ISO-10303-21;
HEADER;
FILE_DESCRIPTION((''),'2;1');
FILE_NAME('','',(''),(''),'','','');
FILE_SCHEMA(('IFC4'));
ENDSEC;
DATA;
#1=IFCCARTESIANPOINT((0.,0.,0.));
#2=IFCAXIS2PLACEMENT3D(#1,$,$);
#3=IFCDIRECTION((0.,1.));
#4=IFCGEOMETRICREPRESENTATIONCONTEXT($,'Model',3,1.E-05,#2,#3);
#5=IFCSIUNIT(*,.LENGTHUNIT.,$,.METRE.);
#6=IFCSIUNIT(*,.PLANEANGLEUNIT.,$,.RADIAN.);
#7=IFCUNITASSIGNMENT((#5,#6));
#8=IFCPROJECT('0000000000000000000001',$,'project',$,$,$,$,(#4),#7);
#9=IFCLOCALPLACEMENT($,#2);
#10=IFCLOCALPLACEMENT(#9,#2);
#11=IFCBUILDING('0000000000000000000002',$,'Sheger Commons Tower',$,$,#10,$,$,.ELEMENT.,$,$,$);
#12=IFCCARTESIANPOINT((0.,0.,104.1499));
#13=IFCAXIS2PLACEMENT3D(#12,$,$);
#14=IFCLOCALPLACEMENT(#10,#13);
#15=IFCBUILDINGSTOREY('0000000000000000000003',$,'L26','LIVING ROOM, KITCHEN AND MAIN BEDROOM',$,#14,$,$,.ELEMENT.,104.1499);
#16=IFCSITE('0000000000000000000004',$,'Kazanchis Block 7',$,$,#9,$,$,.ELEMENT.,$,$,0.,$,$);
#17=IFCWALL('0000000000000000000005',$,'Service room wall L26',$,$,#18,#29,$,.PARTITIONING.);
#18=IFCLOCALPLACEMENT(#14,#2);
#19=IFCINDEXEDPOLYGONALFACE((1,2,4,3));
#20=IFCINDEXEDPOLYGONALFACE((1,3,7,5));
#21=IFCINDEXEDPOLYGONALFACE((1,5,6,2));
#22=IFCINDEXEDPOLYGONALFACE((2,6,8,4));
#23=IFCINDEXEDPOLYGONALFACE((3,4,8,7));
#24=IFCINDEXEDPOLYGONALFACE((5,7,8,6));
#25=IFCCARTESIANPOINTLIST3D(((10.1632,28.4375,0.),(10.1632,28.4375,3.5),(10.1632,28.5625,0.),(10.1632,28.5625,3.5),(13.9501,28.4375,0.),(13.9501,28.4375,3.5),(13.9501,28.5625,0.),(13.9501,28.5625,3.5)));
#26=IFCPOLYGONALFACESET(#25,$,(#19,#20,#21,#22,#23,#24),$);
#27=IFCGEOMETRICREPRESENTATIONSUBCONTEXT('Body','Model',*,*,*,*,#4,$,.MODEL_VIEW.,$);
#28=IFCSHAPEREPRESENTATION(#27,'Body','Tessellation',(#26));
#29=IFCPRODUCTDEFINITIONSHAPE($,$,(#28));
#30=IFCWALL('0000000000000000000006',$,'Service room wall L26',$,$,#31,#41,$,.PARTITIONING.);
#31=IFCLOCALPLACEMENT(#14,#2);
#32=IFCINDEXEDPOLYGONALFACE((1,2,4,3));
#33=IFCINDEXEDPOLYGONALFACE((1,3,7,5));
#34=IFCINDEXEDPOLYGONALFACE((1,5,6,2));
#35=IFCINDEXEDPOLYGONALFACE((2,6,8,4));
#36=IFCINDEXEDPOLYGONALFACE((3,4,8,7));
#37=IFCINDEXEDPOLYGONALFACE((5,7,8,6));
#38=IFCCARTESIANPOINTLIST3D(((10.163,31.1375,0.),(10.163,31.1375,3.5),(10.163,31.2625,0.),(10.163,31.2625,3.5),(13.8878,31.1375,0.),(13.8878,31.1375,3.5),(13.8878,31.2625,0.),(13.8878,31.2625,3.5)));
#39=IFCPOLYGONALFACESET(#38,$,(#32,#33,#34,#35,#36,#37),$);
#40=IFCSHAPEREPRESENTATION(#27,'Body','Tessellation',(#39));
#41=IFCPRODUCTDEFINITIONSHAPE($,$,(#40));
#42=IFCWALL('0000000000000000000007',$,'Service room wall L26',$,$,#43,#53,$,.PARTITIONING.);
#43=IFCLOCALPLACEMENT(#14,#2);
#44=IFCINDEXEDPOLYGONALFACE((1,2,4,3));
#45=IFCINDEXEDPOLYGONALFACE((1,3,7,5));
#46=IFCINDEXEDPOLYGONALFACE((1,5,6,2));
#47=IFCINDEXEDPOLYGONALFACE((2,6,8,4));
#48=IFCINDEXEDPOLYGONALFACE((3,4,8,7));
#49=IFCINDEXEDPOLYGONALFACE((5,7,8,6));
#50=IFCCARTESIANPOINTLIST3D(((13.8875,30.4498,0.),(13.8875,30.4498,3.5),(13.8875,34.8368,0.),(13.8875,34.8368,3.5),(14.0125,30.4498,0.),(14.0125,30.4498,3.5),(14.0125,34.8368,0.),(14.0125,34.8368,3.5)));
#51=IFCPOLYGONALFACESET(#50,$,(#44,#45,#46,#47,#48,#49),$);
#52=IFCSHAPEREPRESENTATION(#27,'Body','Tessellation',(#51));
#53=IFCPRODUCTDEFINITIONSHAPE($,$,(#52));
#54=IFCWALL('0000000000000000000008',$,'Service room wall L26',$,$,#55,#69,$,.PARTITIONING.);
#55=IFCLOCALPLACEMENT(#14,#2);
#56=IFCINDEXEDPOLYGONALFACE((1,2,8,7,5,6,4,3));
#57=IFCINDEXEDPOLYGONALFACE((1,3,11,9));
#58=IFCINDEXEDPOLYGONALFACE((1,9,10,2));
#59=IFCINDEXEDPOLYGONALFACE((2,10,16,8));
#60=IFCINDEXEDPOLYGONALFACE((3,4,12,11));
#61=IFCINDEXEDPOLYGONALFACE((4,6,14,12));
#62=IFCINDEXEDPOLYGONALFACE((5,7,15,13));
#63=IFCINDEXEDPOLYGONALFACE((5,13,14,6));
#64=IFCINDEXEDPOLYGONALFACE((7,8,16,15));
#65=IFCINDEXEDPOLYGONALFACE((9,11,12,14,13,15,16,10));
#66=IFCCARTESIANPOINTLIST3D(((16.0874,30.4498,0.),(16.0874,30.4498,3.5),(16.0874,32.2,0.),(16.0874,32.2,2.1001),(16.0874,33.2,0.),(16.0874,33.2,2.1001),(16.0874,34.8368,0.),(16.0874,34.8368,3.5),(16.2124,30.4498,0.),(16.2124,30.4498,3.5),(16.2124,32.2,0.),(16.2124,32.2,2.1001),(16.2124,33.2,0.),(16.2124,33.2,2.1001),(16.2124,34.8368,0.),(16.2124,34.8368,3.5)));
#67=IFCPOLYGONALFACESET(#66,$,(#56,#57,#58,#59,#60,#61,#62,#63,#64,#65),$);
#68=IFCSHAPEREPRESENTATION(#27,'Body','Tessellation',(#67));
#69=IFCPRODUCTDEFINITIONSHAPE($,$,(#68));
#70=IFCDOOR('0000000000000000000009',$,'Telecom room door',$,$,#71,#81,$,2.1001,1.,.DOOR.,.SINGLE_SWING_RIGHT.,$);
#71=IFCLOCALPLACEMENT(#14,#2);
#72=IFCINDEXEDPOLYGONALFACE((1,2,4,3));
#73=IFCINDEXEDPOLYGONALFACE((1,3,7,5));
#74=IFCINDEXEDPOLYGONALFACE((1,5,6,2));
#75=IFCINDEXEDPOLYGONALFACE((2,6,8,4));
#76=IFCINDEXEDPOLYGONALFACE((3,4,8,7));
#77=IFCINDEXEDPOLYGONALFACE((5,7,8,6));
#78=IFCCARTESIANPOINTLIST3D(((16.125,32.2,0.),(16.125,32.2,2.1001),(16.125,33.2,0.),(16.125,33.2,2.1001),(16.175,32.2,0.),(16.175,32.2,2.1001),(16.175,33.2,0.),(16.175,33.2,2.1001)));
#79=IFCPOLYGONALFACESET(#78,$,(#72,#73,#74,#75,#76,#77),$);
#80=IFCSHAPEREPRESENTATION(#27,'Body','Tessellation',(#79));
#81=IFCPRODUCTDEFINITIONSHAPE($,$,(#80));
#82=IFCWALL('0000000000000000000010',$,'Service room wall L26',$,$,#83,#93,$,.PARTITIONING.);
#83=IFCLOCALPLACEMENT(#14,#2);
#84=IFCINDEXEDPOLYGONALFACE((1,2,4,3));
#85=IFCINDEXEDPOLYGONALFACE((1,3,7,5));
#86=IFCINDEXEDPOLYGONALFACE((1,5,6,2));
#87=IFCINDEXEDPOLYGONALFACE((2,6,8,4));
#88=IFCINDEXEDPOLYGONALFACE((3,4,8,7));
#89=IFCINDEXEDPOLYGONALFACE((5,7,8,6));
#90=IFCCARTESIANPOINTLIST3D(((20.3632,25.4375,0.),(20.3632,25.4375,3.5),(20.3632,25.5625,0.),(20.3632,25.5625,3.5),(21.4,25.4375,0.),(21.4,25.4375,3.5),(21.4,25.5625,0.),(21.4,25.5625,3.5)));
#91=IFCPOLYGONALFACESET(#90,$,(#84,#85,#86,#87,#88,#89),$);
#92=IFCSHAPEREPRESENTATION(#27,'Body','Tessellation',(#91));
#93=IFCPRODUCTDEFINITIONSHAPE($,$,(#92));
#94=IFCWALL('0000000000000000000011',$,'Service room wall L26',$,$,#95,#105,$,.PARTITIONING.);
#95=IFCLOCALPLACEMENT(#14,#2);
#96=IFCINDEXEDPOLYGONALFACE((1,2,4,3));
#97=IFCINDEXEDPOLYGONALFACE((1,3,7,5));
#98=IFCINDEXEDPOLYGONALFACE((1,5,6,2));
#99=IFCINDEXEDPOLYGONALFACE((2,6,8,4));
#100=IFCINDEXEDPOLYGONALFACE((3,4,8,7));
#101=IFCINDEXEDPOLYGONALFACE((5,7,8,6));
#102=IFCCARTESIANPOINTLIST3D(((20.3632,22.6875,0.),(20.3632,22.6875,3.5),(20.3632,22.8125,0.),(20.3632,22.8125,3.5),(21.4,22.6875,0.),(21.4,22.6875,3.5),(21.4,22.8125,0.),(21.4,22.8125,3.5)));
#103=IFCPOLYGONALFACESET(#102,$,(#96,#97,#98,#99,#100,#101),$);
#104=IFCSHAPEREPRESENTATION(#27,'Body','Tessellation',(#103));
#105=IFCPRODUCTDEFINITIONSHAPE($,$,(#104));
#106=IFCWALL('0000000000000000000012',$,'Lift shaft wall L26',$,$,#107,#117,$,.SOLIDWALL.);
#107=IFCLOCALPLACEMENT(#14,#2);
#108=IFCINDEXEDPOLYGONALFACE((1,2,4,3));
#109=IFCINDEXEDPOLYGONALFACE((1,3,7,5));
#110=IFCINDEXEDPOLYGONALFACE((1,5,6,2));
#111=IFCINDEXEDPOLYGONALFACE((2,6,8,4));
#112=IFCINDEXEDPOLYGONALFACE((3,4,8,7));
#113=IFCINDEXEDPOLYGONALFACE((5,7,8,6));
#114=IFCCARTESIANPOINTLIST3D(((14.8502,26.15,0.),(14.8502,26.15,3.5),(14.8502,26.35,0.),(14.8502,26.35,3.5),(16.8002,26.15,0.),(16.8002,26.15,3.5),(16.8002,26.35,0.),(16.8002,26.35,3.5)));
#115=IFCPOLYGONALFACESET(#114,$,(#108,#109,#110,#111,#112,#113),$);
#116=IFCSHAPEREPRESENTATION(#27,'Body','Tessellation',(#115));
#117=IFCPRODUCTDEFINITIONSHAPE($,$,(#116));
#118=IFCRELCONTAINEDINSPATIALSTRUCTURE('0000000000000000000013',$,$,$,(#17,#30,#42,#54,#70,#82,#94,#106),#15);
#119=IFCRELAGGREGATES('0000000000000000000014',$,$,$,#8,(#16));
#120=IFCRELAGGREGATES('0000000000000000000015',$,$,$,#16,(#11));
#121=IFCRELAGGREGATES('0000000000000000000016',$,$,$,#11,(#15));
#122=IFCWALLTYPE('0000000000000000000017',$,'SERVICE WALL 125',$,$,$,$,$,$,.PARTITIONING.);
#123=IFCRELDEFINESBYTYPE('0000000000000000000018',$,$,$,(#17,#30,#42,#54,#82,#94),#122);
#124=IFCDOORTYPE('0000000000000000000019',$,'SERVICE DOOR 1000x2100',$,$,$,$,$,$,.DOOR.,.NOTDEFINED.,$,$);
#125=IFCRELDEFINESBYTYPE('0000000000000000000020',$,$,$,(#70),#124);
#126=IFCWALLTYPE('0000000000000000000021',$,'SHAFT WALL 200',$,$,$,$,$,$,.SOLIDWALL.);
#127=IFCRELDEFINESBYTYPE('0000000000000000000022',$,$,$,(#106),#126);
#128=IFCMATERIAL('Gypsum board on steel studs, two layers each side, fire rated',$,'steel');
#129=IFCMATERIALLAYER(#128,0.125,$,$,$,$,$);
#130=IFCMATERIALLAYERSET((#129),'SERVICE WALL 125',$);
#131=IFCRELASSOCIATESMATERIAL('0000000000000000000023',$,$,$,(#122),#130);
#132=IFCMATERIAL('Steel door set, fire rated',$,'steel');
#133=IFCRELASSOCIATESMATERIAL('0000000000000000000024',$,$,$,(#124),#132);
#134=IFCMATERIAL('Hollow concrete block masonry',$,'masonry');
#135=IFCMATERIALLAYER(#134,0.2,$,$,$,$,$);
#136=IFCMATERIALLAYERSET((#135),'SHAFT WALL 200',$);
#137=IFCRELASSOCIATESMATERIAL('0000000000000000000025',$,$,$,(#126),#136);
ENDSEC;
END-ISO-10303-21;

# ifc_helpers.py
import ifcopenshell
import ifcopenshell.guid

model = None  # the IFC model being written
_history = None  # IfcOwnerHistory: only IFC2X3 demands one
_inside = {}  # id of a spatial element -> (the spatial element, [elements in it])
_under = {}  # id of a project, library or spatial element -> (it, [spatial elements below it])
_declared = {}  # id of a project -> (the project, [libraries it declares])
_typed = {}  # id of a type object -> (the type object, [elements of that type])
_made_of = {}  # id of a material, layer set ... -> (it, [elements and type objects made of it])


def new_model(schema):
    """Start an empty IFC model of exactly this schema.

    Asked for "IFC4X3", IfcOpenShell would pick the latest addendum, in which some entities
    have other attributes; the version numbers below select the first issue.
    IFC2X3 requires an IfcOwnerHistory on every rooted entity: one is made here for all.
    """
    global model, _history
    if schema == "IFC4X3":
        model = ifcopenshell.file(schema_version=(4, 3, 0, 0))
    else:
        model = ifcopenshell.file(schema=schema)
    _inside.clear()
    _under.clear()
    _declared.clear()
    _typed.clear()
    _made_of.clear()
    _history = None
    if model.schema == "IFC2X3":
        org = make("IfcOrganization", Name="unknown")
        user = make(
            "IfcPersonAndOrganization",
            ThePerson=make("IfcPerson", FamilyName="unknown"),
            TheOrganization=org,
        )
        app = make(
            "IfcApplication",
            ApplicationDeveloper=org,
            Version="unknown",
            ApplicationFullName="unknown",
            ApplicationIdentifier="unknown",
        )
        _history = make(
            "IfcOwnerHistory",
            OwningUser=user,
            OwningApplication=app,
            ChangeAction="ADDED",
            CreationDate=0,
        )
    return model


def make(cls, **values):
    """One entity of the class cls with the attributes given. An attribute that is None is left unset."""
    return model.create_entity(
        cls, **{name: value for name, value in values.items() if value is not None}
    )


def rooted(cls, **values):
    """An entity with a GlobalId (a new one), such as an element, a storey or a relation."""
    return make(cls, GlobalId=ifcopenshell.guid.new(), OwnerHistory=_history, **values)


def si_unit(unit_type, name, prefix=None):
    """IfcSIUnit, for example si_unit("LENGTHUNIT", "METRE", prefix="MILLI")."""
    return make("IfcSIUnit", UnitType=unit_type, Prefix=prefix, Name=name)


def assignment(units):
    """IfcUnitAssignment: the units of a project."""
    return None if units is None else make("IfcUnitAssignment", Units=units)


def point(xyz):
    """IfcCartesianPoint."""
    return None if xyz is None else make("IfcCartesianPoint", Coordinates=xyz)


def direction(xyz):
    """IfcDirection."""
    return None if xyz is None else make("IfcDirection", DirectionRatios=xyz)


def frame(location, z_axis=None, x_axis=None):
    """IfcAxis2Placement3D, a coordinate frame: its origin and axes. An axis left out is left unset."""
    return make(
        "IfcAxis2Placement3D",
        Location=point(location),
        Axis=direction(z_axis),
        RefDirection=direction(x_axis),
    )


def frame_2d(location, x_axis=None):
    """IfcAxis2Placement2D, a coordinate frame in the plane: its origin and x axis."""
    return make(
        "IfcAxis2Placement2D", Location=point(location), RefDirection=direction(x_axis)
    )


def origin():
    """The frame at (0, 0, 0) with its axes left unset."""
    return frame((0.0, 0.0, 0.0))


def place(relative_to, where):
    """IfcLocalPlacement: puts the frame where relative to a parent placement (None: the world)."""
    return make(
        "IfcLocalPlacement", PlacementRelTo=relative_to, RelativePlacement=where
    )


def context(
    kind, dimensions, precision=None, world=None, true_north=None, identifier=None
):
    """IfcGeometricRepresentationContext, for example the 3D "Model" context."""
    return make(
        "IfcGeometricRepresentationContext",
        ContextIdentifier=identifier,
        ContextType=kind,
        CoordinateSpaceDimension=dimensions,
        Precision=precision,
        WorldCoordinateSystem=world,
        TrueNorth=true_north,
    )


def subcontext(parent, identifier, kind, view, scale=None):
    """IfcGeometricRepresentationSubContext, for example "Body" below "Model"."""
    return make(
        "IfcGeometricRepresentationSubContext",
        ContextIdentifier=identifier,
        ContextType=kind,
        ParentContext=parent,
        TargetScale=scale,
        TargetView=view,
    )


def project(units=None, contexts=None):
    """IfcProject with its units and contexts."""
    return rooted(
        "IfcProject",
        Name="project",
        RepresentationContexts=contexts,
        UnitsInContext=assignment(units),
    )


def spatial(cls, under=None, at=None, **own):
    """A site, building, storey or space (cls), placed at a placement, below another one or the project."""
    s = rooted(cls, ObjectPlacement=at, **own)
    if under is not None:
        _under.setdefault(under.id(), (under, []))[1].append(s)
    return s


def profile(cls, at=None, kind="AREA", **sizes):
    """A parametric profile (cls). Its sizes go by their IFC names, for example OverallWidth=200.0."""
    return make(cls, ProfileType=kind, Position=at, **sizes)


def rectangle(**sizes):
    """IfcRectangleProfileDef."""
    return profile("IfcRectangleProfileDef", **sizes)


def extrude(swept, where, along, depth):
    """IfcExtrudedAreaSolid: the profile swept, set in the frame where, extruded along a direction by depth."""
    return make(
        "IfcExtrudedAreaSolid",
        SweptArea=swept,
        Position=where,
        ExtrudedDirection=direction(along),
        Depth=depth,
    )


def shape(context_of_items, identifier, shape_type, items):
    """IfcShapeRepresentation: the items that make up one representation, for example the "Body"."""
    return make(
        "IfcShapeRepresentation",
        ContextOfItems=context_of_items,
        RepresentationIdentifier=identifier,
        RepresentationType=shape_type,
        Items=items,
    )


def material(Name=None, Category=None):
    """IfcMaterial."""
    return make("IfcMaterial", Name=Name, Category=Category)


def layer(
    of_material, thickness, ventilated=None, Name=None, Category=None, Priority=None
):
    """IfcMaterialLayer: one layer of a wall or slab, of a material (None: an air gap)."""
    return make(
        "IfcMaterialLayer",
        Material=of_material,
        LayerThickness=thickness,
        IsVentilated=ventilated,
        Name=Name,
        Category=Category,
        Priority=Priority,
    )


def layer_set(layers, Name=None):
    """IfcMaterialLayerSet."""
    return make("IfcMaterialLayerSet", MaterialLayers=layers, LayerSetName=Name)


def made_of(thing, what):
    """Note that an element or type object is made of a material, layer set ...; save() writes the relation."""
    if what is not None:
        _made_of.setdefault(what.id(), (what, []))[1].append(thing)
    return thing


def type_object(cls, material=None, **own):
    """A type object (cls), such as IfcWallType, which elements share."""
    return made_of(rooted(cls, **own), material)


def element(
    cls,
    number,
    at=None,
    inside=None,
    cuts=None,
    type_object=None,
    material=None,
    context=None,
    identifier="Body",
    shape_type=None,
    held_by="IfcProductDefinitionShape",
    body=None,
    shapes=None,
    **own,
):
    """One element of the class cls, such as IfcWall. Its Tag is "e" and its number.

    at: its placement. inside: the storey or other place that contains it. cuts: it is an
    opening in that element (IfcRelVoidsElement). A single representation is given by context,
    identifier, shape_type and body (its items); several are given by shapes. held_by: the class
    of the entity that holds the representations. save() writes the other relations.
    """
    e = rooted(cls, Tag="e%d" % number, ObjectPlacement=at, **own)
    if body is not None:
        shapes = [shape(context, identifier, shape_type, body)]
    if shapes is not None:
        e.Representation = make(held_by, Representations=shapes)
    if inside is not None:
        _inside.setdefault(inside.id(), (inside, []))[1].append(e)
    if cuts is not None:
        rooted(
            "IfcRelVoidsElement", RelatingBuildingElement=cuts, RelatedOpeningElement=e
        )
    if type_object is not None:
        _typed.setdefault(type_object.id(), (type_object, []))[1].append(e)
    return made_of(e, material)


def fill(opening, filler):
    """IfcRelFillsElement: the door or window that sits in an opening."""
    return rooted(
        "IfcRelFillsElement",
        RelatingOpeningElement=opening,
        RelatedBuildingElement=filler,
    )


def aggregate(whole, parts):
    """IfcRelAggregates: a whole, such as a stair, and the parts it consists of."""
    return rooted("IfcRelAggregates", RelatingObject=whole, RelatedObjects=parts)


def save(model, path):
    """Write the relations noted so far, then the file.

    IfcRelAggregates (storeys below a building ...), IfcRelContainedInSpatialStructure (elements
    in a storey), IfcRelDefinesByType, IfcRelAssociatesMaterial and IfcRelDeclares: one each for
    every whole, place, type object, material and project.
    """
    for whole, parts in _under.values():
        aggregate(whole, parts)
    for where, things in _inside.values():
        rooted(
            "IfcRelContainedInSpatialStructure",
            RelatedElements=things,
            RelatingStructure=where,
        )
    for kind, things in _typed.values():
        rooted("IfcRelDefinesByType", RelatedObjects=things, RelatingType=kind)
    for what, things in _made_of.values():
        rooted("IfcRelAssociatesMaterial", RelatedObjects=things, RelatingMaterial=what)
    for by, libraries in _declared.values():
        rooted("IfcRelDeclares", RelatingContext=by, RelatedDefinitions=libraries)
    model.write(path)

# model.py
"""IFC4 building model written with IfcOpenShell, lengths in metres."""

from ifc_helpers import new_model, si_unit, direction, frame, frame_2d, origin, place, context, subcontext, project, spatial, rectangle, extrude, material, layer, layer_set, type_object, element, fill, save


model = new_model("IFC4")

# Units and contexts
model_context = context("Model", 3, precision=1e-05, world=origin(), true_north=direction((0.0, 1.0)))
body_context = subcontext(model_context, "Body", "Model", "MODEL_VIEW")
ifc_project = project(units=[si_unit("LENGTHUNIT", "METRE"), si_unit("PLANEANGLEUNIT", "RADIAN")], contexts=[model_context])

# Site, building, storey
site_placement = place(None, origin())
site = spatial("IfcSite", under=ifc_project, at=site_placement, Name="Kazanchis Block 7", CompositionType="ELEMENT", RefElevation=0.0)
building_placement = place(site_placement, origin())
building = spatial("IfcBuilding", under=site, at=building_placement, Name="Sheger Commons Tower", CompositionType="ELEMENT")
storey_placement = place(building_placement, frame((0.0, 0.0, 104.1499)))
storey = spatial("IfcBuildingStorey", under=building, at=storey_placement, Name="L26", Description="LIVING ROOM, KITCHEN AND MAIN BEDROOM", CompositionType="ELEMENT", Elevation=104.1499)

# Shared definitions
ifc_material_1 = material(Name="Gypsum board on steel studs, two layers each side, fire rated", Category="steel")
ifc_layer_1 = layer(ifc_material_1, 0.125)
ifc_layer_set_1 = layer_set([ifc_layer_1], Name="SERVICE WALL 125")
wall_type_1 = type_object("IfcWallType", Name="SERVICE WALL 125", PredefinedType="PARTITIONING", material=ifc_layer_set_1)
ifc_material_2 = material(Name="Steel door set, fire rated", Category="steel")
door_type_1 = type_object("IfcDoorType", Name="SERVICE DOOR 1000x2100", OperationType="NOTDEFINED", PredefinedType="DOOR", material=ifc_material_2)

# Walls
wall_1_placement = place(storey_placement, frame((10.1631, 28.5, 0.0), z_axis=(0.0, 0.0, 1.0), x_axis=(1.0, 0.0, 0.0)))
element("IfcWall", 1, at=wall_1_placement, inside=storey, type_object=wall_type_1, Name="Service room wall L26", PredefinedType="PARTITIONING", context=body_context, shape_type="SweptSolid", body=[
    extrude(rectangle(XDim=3.7869, YDim=0.125, at=frame_2d((1.8936, 0.0))), origin(), (0.0, 0.0, 1.0), 3.5),
])
wall_2_placement = place(storey_placement, frame((10.1631, 31.2, 0.0), z_axis=(0.0, 0.0, 1.0), x_axis=(1.0, 0.0, 0.0)))
element("IfcWall", 2, at=wall_2_placement, inside=storey, type_object=wall_type_1, Name="Service room wall L26", PredefinedType="PARTITIONING", context=body_context, shape_type="SweptSolid", body=[
    extrude(rectangle(XDim=3.7249, YDim=0.125, at=frame_2d((1.8623, 0.0))), origin(), (0.0, 0.0, 1.0), 3.5),
])
wall_3_placement = place(storey_placement, frame((13.95, 30.45, 0.0), z_axis=(0.0, 0.0, 1.0), x_axis=(0.0, 1.0, 0.0)))
element("IfcWall", 3, at=wall_3_placement, inside=storey, type_object=wall_type_1, Name="Service room wall L26", PredefinedType="PARTITIONING", context=body_context, shape_type="SweptSolid", body=[
    extrude(rectangle(XDim=4.387, YDim=0.125, at=frame_2d((2.1934, 0.0))), origin(), (0.0, 0.0, 1.0), 3.5),
])

# Wall, opening, door
wall_4_placement = place(storey_placement, frame((16.1499, 30.45, 0.0), z_axis=(0.0, 0.0, 1.0), x_axis=(0.0, 1.0, 0.0)))
wall_4 = element("IfcWall", 4, at=wall_4_placement, inside=storey, type_object=wall_type_1, Name="Service room wall L26", PredefinedType="PARTITIONING", context=body_context, shape_type="SweptSolid", body=[
    extrude(rectangle(XDim=4.387, YDim=0.125, at=frame_2d((2.1934, 0.0))), origin(), (0.0, 0.0, 1.0), 3.5),
])
opening_1_placement = place(wall_4_placement, frame((1.75, 0.0, 0.0)))
opening_1 = element("IfcOpeningElement", 5, at=opening_1_placement, cuts=wall_4, PredefinedType="OPENING", context=body_context, shape_type="SweptSolid", body=[
    extrude(rectangle(XDim=1.0, YDim=2.1001, at=frame_2d((0.5, 1.05))), frame((0.0, 0.0725, 0.0), z_axis=(0.0, -1.0, 0.0), x_axis=(1.0, 0.0, 0.0)), (0.0, 0.0, 1.0), 0.145),
])
door_1_placement = place(opening_1_placement, origin())
door_1 = element("IfcDoor", 6, at=door_1_placement, inside=storey, type_object=door_type_1, Name="Telecom room door", OperationType="SINGLE_SWING_RIGHT", OverallHeight=2.1001, OverallWidth=1.0, PredefinedType="DOOR", context=body_context, shape_type="SweptSolid", body=[
    extrude(rectangle(XDim=1.0, YDim=2.1001, at=frame_2d((0.5, 1.05))), frame((0.0, 0.0249, 0.0), z_axis=(0.0, -1.0, 0.0), x_axis=(1.0, 0.0, 0.0)), (0.0, 0.0, 1.0), 0.05),
])
fill(opening_1, door_1)

# Walls
for number, where, z_axis, x_axis, name in (
    (7, (20.363, 25.5, 0.0), (0.0, 0.0, 1.0), (1.0, 0.0, 0.0), "Service room wall L26"),
    (8, (20.363, 22.75, 0.0), (0.0, 0.0, 1.0), (1.0, 0.0, 0.0), "Service room wall L26"),
):
    element("IfcWall", number, at=place(storey_placement, frame(where, z_axis=z_axis, x_axis=x_axis)), inside=storey, type_object=wall_type_1, Name=name, PredefinedType="PARTITIONING", context=body_context, shape_type="SweptSolid", body=[
        extrude(rectangle(XDim=1.0369, YDim=0.125, at=frame_2d((0.5186, 0.0))), origin(), (0.0, 0.0, 1.0), 3.5),
    ])
ifc_material_3 = material(Name="Hollow concrete block masonry", Category="masonry")
ifc_layer_2 = layer(ifc_material_3, 0.2)
ifc_layer_set_2 = layer_set([ifc_layer_2], Name="SHAFT WALL 200")
wall_type_2 = type_object("IfcWallType", Name="SHAFT WALL 200", PredefinedType="SOLIDWALL", material=ifc_layer_set_2)
wall_5_placement = place(storey_placement, frame((14.8501, 26.25, 0.0), z_axis=(0.0, 0.0, 1.0), x_axis=(1.0, 0.0, 0.0)))
element("IfcWall", 9, at=wall_5_placement, inside=storey, type_object=wall_type_2, Name="Lift shaft wall L26", PredefinedType="SOLIDWALL", context=body_context, shape_type="SweptSolid", body=[
    extrude(rectangle(XDim=1.95, YDim=0.2, at=frame_2d((0.9751, 0.0))), origin(), (0.0, 0.0, 1.0), 3.5),
])

save(model, "model.ifc")
